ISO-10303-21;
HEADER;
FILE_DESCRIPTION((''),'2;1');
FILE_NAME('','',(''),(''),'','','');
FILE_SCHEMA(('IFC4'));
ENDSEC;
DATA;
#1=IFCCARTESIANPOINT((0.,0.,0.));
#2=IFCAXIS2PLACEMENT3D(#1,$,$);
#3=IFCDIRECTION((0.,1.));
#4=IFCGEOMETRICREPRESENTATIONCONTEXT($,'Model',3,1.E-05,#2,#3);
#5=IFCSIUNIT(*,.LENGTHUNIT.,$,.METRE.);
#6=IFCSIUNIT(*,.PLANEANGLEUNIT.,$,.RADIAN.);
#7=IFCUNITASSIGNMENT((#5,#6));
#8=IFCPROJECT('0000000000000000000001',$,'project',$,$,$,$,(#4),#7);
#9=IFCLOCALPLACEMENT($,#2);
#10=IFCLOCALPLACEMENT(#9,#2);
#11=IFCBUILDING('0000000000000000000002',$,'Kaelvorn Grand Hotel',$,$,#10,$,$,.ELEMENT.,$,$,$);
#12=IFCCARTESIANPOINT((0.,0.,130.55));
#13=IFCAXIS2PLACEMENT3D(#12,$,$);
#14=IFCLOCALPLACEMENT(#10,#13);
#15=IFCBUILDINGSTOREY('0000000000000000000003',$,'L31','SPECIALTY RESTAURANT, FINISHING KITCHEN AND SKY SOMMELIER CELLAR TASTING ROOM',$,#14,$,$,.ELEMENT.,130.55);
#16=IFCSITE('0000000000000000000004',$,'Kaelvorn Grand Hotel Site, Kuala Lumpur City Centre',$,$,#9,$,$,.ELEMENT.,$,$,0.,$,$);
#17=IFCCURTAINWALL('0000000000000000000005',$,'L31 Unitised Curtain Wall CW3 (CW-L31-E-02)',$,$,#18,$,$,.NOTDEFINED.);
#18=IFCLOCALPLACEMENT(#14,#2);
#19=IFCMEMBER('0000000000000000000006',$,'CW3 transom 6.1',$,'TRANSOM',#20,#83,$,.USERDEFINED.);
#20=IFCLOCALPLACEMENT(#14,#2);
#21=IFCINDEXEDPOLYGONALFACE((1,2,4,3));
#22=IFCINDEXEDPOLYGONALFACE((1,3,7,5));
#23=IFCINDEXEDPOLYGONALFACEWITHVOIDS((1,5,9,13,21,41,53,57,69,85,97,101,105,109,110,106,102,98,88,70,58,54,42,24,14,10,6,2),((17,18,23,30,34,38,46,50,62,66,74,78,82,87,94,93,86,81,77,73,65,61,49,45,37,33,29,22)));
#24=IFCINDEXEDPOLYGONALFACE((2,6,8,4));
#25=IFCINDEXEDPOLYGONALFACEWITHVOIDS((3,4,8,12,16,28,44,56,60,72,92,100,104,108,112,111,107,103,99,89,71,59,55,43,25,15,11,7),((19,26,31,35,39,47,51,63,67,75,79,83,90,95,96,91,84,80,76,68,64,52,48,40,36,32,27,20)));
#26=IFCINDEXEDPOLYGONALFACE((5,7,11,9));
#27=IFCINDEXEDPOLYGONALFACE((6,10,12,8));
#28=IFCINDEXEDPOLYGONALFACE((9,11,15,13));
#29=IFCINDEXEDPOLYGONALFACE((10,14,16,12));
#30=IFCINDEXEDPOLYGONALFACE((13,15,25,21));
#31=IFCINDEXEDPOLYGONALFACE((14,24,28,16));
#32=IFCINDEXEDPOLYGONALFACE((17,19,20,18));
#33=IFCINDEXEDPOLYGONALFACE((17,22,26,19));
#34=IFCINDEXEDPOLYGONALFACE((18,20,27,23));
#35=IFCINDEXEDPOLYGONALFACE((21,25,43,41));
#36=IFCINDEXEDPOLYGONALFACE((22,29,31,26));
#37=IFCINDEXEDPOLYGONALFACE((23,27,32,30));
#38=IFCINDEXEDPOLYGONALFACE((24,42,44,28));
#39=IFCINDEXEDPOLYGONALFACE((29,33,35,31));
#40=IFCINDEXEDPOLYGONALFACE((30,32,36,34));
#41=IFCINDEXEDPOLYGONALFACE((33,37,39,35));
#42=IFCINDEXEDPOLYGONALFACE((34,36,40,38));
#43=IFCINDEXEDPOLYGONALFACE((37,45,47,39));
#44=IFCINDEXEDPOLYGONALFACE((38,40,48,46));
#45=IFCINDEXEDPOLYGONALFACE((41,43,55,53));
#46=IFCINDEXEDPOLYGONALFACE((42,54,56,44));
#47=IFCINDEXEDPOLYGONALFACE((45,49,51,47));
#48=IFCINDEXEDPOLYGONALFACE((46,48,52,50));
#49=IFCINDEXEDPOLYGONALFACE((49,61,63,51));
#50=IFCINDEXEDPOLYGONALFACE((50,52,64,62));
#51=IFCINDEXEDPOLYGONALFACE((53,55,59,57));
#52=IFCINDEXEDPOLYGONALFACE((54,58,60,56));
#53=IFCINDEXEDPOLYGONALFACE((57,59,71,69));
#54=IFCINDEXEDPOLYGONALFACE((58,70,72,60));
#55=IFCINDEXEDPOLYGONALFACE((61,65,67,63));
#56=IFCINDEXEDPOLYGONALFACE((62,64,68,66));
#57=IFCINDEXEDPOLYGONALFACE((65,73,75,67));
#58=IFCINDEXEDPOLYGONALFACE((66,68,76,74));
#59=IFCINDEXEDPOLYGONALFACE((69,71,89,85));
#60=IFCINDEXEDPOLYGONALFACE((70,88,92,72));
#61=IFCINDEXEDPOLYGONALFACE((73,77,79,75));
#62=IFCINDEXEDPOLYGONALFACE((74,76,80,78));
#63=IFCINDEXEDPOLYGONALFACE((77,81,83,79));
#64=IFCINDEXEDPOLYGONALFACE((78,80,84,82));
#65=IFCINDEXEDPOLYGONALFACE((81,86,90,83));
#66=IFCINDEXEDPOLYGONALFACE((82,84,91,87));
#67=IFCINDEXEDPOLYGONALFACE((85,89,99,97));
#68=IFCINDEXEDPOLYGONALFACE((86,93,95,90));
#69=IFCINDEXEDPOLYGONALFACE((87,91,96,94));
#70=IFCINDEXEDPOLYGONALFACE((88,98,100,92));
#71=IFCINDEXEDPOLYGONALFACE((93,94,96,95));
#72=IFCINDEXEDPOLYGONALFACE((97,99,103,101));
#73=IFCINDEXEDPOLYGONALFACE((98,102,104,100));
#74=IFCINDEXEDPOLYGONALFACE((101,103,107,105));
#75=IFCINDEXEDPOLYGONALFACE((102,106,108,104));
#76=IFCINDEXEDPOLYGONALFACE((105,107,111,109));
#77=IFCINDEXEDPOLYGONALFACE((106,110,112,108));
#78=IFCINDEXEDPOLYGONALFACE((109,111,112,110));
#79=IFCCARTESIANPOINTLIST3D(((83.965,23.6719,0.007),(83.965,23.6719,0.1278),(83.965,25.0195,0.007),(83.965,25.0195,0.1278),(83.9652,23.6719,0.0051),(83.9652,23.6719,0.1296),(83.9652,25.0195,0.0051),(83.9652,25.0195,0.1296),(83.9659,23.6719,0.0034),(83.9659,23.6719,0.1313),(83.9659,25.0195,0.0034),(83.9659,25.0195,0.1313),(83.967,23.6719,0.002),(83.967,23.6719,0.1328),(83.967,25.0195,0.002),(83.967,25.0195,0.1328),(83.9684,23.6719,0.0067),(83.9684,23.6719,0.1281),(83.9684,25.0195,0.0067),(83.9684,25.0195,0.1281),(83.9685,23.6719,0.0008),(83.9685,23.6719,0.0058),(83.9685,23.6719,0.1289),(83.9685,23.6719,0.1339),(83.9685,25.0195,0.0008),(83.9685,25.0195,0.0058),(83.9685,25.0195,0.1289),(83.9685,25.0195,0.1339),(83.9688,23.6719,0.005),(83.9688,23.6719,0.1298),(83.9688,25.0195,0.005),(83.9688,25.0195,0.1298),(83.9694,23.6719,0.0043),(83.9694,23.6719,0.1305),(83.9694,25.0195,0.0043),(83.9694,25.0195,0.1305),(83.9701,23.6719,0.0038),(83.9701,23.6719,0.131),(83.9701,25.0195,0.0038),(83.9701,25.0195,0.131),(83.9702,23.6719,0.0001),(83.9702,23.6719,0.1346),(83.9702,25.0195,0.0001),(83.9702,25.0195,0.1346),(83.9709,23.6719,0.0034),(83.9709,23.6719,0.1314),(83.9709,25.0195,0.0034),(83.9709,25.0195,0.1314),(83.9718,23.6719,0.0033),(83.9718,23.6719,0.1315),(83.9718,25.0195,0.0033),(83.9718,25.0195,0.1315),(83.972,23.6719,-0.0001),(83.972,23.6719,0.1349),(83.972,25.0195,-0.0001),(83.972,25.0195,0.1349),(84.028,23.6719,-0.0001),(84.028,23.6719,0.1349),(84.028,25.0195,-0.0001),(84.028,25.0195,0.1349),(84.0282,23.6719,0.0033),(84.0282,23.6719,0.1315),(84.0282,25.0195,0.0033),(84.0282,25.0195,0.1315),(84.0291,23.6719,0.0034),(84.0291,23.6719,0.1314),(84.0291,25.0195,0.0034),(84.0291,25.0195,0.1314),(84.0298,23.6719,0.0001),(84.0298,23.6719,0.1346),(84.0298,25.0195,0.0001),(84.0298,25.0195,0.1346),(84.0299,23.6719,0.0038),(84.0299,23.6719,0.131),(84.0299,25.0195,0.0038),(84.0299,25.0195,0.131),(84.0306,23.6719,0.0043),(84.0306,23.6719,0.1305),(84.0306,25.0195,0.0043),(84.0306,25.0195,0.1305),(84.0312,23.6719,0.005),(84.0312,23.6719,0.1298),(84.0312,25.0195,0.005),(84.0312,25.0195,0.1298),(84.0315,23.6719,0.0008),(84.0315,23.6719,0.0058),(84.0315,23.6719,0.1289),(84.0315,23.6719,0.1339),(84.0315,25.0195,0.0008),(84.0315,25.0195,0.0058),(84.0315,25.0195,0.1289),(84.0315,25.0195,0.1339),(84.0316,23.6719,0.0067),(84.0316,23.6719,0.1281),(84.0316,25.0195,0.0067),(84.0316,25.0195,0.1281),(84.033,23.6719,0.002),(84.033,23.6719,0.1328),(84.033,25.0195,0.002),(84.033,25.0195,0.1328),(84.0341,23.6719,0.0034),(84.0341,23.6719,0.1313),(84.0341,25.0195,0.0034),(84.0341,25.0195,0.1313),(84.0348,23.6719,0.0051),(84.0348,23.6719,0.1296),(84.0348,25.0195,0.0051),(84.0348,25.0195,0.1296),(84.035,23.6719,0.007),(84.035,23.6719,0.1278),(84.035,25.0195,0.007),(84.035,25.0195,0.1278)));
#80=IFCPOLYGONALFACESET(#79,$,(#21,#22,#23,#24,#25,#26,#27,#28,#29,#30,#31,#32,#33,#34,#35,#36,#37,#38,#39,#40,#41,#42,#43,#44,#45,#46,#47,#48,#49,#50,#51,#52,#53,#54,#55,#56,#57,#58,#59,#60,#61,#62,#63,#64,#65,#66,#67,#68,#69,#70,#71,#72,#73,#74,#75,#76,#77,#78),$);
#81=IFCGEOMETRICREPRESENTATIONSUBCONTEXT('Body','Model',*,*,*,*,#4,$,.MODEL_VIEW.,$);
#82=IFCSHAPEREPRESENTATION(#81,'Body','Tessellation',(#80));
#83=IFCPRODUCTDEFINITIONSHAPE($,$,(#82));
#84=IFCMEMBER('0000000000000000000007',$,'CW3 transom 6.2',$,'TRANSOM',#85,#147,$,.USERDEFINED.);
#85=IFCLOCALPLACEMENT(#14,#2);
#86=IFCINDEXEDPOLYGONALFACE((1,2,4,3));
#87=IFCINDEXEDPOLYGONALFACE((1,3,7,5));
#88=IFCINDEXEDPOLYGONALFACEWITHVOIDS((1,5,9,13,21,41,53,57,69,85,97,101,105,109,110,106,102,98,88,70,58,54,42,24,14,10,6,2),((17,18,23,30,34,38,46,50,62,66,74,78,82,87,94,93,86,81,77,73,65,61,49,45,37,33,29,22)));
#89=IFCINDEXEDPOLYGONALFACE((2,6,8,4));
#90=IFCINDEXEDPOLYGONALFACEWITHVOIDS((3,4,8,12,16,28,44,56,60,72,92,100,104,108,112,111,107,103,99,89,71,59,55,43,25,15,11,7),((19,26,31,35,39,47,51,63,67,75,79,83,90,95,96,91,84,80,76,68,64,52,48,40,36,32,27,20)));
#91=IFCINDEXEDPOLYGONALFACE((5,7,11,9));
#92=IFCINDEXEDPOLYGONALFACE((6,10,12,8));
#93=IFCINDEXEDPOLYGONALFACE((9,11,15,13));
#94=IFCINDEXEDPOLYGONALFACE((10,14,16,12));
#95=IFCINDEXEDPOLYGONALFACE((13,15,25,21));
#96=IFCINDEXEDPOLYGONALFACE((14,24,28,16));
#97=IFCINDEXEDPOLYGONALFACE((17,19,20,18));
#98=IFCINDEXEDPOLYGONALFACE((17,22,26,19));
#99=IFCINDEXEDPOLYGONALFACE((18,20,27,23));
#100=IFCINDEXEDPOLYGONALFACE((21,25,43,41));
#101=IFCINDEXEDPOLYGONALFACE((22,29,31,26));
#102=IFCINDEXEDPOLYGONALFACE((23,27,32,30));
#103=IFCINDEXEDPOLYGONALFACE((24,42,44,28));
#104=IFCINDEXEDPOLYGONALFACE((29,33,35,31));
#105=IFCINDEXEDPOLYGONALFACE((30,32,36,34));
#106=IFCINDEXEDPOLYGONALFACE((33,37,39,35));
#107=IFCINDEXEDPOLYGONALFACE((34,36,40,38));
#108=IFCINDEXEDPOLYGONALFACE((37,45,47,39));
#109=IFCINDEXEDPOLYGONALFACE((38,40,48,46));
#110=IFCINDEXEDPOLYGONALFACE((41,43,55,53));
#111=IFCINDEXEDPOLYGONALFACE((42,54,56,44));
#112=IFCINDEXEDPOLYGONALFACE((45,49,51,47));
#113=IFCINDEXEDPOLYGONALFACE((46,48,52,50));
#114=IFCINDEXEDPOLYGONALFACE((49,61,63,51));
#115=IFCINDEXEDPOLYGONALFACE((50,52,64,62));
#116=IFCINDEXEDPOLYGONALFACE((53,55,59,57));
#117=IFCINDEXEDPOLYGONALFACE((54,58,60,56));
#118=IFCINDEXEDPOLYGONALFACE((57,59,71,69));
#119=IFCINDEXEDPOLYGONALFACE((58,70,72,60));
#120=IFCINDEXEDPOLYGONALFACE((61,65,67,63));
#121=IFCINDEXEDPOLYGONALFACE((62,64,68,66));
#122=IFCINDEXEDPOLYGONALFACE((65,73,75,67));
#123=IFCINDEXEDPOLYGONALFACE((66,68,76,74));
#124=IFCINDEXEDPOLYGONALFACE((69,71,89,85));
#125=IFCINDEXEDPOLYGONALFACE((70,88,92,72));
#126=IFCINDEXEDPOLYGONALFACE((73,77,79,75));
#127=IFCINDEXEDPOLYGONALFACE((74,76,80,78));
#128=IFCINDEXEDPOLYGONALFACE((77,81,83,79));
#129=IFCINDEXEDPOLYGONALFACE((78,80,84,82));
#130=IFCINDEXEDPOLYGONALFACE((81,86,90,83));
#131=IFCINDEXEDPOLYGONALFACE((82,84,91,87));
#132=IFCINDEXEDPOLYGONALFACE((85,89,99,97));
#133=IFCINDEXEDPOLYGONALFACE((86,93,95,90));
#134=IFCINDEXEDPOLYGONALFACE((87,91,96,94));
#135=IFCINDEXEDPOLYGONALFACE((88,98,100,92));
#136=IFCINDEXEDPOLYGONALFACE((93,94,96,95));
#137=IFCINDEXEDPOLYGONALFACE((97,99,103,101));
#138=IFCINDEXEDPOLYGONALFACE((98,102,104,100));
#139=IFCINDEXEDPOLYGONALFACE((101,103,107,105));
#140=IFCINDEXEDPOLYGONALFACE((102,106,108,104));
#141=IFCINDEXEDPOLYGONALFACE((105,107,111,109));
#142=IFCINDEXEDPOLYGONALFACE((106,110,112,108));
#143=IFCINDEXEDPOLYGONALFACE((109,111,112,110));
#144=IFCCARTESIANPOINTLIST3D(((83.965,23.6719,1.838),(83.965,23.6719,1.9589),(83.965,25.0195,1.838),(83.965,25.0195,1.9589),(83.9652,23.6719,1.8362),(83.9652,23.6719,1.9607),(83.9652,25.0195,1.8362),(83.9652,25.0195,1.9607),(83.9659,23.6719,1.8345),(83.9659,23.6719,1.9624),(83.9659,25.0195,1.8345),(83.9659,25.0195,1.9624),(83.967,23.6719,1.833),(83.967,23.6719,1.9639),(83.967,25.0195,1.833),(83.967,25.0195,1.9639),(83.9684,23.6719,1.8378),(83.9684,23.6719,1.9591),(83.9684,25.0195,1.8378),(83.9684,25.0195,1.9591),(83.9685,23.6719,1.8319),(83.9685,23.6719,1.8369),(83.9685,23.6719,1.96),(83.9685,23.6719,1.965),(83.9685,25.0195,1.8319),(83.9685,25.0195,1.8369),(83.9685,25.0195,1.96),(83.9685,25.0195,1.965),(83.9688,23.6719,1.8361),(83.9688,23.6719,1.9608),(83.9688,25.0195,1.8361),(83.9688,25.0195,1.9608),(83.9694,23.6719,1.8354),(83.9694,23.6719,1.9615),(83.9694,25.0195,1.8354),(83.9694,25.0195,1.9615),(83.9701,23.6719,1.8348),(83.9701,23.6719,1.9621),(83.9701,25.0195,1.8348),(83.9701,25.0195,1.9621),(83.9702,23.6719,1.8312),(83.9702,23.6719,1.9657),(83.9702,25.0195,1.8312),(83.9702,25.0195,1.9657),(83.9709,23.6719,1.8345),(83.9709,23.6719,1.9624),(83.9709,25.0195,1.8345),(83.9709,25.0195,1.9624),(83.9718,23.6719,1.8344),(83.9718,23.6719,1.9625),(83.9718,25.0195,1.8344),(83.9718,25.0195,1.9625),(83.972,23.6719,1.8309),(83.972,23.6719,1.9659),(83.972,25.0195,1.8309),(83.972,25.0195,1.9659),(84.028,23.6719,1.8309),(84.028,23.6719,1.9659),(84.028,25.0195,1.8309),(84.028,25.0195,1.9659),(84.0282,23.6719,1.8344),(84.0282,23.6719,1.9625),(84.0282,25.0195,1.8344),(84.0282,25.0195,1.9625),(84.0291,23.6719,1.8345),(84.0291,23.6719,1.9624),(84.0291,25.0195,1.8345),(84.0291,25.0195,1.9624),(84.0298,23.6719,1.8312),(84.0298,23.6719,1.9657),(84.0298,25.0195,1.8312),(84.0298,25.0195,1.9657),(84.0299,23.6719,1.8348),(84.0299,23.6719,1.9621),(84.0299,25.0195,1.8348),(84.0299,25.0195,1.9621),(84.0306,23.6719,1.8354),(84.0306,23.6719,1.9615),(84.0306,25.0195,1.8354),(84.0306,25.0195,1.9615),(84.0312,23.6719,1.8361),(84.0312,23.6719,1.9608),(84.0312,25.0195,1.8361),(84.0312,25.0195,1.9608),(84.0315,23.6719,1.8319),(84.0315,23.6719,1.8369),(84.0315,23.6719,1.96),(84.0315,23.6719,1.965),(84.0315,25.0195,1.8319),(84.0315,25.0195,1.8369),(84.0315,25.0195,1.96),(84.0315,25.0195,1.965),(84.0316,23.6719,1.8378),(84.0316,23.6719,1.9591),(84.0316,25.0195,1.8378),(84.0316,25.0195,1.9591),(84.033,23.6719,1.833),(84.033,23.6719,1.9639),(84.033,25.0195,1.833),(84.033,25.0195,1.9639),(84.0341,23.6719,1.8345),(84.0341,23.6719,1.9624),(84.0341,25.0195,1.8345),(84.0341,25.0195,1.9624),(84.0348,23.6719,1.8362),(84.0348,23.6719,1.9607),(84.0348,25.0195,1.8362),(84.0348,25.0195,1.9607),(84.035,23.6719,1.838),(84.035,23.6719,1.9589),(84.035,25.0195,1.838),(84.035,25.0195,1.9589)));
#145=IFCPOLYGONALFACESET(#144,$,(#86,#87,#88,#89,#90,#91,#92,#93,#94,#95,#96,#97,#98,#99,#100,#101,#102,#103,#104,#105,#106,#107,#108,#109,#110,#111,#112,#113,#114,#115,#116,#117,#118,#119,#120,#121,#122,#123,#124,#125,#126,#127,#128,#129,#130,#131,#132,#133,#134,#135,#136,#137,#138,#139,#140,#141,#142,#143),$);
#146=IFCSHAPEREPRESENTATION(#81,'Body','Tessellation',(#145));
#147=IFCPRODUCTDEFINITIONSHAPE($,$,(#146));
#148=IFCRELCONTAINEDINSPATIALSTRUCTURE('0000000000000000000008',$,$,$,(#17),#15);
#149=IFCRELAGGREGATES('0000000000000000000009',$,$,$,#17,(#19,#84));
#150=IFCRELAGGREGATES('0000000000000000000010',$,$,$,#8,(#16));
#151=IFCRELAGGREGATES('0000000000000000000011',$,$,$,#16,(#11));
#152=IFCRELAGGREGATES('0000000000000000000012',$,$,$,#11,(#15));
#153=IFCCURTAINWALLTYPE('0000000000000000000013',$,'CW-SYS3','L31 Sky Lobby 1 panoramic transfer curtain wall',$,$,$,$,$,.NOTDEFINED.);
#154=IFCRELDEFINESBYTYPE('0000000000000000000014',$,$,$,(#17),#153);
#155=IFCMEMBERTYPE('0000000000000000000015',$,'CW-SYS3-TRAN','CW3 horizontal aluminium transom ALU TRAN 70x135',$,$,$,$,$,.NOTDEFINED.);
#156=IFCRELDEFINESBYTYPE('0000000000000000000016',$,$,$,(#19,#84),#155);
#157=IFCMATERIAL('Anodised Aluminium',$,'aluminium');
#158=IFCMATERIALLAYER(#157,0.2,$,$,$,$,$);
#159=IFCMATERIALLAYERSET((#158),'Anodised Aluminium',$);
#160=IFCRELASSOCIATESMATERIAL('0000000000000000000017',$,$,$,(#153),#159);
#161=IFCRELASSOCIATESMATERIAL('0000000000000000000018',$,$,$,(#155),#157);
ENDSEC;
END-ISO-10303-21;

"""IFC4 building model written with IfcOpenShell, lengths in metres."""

from ifc_helpers import new_model, si_unit, direction, frame, origin, origin_2d, place, context, subcontext, project, spatial, hollow_rectangle, extrude, material, layer, layer_set, material_profile, profile_set, type_object, element, aggregate, save


model = new_model("IFC4")

# Units and contexts
model_context = context("Model", 3, precision=1e-05, world=origin(), true_north=direction((0.0, 1.0)))
body_context = subcontext(model_context, "Body", "Model", "MODEL_VIEW")
ifc_project = project(units=[si_unit("LENGTHUNIT", "METRE"), si_unit("PLANEANGLEUNIT", "RADIAN")], contexts=[model_context])

# Site, building, storey
site_placement = place(None, origin())
site = spatial("IfcSite", under=ifc_project, at=site_placement, Name="Kaelvorn Grand Hotel Site, Kuala Lumpur City Centre", CompositionType="ELEMENT", RefElevation=0.0)
building_placement = place(site_placement, origin())
building = spatial("IfcBuilding", under=site, at=building_placement, Name="Kaelvorn Grand Hotel", CompositionType="ELEMENT")
storey_placement = place(building_placement, frame((0.0, 0.0, 130.55)))
storey = spatial("IfcBuildingStorey", under=building, at=storey_placement, Name="L31", Description="SPECIALTY RESTAURANT, FINISHING KITCHEN AND SKY SOMMELIER CELLAR TASTING ROOM", CompositionType="ELEMENT", Elevation=130.55)

# Curtain wall, members
ifc_material_1 = material(Name="Anodised Aluminium", Category="aluminium")
ifc_layer_1 = layer(ifc_material_1, 0.2)
ifc_layer_set_1 = layer_set([ifc_layer_1], Name="Anodised Aluminium")
curtain_wall_type = type_object("IfcCurtainWallType", Name="CW-SYS3", Description="L31 Sky Lobby 1 panoramic transfer curtain wall", PredefinedType="NOTDEFINED", material=ifc_layer_set_1)
curtain_wall_placement = place(storey_placement, origin())
curtain_wall = element("IfcCurtainWall", 1, at=curtain_wall_placement, inside=storey, type_object=curtain_wall_type, Name="L31 Unitised Curtain Wall CW3 (CW-L31-E-02)", PredefinedType="NOTDEFINED")
ifc_material_profile_1 = material_profile(ifc_material_1, hollow_rectangle(XDim=0.0701, YDim=0.135, WallThickness=0.0034, InnerFilletRadius=0.0034, OuterFilletRadius=0.0071, at=origin_2d()), Name="ALU TRAN 70x135")
ifc_profile_set_1 = profile_set([ifc_material_profile_1], Name="Anodised Aluminium")
member_type_1 = type_object("IfcMemberType", Name="CW-SYS3-TRAN", Description="CW3 horizontal aluminium transom ALU TRAN 70x135", PredefinedType="NOTDEFINED", material=ifc_profile_set_1)
member_1_placement = place(storey_placement, frame((84.0, 23.6719, 0.0674), z_axis=(0.0, 1.0, 0.0), x_axis=(-1.0, 0.0, 0.0)))
member_1 = element("IfcMember", 2, at=member_1_placement, type_object=member_type_1, Name="CW3 transom 6.1", ObjectType="TRANSOM", PredefinedType="USERDEFINED", context=body_context, shape_type="SweptSolid", body=[
    extrude(hollow_rectangle(XDim=0.0701, YDim=0.135, WallThickness=0.0034, InnerFilletRadius=0.0034, OuterFilletRadius=0.0071, at=origin_2d()), origin(), (0.0, 0.0, 1.0), 1.3477),
])
member_2_placement = place(storey_placement, frame((84.0, 23.6719, 1.8984), z_axis=(0.0, 1.0, 0.0), x_axis=(-1.0, 0.0, 0.0)))
member_2 = element("IfcMember", 3, at=member_2_placement, type_object=member_type_1, Name="CW3 transom 6.2", ObjectType="TRANSOM", PredefinedType="USERDEFINED", context=body_context, shape_type="SweptSolid", body=[
    extrude(hollow_rectangle(XDim=0.0701, YDim=0.135, WallThickness=0.0034, InnerFilletRadius=0.0034, OuterFilletRadius=0.0071, at=origin_2d()), origin(), (0.0, 0.0, 1.0), 1.3477),
])
aggregate(curtain_wall, [member_1, member_2])

save(model, "model.ifc")
